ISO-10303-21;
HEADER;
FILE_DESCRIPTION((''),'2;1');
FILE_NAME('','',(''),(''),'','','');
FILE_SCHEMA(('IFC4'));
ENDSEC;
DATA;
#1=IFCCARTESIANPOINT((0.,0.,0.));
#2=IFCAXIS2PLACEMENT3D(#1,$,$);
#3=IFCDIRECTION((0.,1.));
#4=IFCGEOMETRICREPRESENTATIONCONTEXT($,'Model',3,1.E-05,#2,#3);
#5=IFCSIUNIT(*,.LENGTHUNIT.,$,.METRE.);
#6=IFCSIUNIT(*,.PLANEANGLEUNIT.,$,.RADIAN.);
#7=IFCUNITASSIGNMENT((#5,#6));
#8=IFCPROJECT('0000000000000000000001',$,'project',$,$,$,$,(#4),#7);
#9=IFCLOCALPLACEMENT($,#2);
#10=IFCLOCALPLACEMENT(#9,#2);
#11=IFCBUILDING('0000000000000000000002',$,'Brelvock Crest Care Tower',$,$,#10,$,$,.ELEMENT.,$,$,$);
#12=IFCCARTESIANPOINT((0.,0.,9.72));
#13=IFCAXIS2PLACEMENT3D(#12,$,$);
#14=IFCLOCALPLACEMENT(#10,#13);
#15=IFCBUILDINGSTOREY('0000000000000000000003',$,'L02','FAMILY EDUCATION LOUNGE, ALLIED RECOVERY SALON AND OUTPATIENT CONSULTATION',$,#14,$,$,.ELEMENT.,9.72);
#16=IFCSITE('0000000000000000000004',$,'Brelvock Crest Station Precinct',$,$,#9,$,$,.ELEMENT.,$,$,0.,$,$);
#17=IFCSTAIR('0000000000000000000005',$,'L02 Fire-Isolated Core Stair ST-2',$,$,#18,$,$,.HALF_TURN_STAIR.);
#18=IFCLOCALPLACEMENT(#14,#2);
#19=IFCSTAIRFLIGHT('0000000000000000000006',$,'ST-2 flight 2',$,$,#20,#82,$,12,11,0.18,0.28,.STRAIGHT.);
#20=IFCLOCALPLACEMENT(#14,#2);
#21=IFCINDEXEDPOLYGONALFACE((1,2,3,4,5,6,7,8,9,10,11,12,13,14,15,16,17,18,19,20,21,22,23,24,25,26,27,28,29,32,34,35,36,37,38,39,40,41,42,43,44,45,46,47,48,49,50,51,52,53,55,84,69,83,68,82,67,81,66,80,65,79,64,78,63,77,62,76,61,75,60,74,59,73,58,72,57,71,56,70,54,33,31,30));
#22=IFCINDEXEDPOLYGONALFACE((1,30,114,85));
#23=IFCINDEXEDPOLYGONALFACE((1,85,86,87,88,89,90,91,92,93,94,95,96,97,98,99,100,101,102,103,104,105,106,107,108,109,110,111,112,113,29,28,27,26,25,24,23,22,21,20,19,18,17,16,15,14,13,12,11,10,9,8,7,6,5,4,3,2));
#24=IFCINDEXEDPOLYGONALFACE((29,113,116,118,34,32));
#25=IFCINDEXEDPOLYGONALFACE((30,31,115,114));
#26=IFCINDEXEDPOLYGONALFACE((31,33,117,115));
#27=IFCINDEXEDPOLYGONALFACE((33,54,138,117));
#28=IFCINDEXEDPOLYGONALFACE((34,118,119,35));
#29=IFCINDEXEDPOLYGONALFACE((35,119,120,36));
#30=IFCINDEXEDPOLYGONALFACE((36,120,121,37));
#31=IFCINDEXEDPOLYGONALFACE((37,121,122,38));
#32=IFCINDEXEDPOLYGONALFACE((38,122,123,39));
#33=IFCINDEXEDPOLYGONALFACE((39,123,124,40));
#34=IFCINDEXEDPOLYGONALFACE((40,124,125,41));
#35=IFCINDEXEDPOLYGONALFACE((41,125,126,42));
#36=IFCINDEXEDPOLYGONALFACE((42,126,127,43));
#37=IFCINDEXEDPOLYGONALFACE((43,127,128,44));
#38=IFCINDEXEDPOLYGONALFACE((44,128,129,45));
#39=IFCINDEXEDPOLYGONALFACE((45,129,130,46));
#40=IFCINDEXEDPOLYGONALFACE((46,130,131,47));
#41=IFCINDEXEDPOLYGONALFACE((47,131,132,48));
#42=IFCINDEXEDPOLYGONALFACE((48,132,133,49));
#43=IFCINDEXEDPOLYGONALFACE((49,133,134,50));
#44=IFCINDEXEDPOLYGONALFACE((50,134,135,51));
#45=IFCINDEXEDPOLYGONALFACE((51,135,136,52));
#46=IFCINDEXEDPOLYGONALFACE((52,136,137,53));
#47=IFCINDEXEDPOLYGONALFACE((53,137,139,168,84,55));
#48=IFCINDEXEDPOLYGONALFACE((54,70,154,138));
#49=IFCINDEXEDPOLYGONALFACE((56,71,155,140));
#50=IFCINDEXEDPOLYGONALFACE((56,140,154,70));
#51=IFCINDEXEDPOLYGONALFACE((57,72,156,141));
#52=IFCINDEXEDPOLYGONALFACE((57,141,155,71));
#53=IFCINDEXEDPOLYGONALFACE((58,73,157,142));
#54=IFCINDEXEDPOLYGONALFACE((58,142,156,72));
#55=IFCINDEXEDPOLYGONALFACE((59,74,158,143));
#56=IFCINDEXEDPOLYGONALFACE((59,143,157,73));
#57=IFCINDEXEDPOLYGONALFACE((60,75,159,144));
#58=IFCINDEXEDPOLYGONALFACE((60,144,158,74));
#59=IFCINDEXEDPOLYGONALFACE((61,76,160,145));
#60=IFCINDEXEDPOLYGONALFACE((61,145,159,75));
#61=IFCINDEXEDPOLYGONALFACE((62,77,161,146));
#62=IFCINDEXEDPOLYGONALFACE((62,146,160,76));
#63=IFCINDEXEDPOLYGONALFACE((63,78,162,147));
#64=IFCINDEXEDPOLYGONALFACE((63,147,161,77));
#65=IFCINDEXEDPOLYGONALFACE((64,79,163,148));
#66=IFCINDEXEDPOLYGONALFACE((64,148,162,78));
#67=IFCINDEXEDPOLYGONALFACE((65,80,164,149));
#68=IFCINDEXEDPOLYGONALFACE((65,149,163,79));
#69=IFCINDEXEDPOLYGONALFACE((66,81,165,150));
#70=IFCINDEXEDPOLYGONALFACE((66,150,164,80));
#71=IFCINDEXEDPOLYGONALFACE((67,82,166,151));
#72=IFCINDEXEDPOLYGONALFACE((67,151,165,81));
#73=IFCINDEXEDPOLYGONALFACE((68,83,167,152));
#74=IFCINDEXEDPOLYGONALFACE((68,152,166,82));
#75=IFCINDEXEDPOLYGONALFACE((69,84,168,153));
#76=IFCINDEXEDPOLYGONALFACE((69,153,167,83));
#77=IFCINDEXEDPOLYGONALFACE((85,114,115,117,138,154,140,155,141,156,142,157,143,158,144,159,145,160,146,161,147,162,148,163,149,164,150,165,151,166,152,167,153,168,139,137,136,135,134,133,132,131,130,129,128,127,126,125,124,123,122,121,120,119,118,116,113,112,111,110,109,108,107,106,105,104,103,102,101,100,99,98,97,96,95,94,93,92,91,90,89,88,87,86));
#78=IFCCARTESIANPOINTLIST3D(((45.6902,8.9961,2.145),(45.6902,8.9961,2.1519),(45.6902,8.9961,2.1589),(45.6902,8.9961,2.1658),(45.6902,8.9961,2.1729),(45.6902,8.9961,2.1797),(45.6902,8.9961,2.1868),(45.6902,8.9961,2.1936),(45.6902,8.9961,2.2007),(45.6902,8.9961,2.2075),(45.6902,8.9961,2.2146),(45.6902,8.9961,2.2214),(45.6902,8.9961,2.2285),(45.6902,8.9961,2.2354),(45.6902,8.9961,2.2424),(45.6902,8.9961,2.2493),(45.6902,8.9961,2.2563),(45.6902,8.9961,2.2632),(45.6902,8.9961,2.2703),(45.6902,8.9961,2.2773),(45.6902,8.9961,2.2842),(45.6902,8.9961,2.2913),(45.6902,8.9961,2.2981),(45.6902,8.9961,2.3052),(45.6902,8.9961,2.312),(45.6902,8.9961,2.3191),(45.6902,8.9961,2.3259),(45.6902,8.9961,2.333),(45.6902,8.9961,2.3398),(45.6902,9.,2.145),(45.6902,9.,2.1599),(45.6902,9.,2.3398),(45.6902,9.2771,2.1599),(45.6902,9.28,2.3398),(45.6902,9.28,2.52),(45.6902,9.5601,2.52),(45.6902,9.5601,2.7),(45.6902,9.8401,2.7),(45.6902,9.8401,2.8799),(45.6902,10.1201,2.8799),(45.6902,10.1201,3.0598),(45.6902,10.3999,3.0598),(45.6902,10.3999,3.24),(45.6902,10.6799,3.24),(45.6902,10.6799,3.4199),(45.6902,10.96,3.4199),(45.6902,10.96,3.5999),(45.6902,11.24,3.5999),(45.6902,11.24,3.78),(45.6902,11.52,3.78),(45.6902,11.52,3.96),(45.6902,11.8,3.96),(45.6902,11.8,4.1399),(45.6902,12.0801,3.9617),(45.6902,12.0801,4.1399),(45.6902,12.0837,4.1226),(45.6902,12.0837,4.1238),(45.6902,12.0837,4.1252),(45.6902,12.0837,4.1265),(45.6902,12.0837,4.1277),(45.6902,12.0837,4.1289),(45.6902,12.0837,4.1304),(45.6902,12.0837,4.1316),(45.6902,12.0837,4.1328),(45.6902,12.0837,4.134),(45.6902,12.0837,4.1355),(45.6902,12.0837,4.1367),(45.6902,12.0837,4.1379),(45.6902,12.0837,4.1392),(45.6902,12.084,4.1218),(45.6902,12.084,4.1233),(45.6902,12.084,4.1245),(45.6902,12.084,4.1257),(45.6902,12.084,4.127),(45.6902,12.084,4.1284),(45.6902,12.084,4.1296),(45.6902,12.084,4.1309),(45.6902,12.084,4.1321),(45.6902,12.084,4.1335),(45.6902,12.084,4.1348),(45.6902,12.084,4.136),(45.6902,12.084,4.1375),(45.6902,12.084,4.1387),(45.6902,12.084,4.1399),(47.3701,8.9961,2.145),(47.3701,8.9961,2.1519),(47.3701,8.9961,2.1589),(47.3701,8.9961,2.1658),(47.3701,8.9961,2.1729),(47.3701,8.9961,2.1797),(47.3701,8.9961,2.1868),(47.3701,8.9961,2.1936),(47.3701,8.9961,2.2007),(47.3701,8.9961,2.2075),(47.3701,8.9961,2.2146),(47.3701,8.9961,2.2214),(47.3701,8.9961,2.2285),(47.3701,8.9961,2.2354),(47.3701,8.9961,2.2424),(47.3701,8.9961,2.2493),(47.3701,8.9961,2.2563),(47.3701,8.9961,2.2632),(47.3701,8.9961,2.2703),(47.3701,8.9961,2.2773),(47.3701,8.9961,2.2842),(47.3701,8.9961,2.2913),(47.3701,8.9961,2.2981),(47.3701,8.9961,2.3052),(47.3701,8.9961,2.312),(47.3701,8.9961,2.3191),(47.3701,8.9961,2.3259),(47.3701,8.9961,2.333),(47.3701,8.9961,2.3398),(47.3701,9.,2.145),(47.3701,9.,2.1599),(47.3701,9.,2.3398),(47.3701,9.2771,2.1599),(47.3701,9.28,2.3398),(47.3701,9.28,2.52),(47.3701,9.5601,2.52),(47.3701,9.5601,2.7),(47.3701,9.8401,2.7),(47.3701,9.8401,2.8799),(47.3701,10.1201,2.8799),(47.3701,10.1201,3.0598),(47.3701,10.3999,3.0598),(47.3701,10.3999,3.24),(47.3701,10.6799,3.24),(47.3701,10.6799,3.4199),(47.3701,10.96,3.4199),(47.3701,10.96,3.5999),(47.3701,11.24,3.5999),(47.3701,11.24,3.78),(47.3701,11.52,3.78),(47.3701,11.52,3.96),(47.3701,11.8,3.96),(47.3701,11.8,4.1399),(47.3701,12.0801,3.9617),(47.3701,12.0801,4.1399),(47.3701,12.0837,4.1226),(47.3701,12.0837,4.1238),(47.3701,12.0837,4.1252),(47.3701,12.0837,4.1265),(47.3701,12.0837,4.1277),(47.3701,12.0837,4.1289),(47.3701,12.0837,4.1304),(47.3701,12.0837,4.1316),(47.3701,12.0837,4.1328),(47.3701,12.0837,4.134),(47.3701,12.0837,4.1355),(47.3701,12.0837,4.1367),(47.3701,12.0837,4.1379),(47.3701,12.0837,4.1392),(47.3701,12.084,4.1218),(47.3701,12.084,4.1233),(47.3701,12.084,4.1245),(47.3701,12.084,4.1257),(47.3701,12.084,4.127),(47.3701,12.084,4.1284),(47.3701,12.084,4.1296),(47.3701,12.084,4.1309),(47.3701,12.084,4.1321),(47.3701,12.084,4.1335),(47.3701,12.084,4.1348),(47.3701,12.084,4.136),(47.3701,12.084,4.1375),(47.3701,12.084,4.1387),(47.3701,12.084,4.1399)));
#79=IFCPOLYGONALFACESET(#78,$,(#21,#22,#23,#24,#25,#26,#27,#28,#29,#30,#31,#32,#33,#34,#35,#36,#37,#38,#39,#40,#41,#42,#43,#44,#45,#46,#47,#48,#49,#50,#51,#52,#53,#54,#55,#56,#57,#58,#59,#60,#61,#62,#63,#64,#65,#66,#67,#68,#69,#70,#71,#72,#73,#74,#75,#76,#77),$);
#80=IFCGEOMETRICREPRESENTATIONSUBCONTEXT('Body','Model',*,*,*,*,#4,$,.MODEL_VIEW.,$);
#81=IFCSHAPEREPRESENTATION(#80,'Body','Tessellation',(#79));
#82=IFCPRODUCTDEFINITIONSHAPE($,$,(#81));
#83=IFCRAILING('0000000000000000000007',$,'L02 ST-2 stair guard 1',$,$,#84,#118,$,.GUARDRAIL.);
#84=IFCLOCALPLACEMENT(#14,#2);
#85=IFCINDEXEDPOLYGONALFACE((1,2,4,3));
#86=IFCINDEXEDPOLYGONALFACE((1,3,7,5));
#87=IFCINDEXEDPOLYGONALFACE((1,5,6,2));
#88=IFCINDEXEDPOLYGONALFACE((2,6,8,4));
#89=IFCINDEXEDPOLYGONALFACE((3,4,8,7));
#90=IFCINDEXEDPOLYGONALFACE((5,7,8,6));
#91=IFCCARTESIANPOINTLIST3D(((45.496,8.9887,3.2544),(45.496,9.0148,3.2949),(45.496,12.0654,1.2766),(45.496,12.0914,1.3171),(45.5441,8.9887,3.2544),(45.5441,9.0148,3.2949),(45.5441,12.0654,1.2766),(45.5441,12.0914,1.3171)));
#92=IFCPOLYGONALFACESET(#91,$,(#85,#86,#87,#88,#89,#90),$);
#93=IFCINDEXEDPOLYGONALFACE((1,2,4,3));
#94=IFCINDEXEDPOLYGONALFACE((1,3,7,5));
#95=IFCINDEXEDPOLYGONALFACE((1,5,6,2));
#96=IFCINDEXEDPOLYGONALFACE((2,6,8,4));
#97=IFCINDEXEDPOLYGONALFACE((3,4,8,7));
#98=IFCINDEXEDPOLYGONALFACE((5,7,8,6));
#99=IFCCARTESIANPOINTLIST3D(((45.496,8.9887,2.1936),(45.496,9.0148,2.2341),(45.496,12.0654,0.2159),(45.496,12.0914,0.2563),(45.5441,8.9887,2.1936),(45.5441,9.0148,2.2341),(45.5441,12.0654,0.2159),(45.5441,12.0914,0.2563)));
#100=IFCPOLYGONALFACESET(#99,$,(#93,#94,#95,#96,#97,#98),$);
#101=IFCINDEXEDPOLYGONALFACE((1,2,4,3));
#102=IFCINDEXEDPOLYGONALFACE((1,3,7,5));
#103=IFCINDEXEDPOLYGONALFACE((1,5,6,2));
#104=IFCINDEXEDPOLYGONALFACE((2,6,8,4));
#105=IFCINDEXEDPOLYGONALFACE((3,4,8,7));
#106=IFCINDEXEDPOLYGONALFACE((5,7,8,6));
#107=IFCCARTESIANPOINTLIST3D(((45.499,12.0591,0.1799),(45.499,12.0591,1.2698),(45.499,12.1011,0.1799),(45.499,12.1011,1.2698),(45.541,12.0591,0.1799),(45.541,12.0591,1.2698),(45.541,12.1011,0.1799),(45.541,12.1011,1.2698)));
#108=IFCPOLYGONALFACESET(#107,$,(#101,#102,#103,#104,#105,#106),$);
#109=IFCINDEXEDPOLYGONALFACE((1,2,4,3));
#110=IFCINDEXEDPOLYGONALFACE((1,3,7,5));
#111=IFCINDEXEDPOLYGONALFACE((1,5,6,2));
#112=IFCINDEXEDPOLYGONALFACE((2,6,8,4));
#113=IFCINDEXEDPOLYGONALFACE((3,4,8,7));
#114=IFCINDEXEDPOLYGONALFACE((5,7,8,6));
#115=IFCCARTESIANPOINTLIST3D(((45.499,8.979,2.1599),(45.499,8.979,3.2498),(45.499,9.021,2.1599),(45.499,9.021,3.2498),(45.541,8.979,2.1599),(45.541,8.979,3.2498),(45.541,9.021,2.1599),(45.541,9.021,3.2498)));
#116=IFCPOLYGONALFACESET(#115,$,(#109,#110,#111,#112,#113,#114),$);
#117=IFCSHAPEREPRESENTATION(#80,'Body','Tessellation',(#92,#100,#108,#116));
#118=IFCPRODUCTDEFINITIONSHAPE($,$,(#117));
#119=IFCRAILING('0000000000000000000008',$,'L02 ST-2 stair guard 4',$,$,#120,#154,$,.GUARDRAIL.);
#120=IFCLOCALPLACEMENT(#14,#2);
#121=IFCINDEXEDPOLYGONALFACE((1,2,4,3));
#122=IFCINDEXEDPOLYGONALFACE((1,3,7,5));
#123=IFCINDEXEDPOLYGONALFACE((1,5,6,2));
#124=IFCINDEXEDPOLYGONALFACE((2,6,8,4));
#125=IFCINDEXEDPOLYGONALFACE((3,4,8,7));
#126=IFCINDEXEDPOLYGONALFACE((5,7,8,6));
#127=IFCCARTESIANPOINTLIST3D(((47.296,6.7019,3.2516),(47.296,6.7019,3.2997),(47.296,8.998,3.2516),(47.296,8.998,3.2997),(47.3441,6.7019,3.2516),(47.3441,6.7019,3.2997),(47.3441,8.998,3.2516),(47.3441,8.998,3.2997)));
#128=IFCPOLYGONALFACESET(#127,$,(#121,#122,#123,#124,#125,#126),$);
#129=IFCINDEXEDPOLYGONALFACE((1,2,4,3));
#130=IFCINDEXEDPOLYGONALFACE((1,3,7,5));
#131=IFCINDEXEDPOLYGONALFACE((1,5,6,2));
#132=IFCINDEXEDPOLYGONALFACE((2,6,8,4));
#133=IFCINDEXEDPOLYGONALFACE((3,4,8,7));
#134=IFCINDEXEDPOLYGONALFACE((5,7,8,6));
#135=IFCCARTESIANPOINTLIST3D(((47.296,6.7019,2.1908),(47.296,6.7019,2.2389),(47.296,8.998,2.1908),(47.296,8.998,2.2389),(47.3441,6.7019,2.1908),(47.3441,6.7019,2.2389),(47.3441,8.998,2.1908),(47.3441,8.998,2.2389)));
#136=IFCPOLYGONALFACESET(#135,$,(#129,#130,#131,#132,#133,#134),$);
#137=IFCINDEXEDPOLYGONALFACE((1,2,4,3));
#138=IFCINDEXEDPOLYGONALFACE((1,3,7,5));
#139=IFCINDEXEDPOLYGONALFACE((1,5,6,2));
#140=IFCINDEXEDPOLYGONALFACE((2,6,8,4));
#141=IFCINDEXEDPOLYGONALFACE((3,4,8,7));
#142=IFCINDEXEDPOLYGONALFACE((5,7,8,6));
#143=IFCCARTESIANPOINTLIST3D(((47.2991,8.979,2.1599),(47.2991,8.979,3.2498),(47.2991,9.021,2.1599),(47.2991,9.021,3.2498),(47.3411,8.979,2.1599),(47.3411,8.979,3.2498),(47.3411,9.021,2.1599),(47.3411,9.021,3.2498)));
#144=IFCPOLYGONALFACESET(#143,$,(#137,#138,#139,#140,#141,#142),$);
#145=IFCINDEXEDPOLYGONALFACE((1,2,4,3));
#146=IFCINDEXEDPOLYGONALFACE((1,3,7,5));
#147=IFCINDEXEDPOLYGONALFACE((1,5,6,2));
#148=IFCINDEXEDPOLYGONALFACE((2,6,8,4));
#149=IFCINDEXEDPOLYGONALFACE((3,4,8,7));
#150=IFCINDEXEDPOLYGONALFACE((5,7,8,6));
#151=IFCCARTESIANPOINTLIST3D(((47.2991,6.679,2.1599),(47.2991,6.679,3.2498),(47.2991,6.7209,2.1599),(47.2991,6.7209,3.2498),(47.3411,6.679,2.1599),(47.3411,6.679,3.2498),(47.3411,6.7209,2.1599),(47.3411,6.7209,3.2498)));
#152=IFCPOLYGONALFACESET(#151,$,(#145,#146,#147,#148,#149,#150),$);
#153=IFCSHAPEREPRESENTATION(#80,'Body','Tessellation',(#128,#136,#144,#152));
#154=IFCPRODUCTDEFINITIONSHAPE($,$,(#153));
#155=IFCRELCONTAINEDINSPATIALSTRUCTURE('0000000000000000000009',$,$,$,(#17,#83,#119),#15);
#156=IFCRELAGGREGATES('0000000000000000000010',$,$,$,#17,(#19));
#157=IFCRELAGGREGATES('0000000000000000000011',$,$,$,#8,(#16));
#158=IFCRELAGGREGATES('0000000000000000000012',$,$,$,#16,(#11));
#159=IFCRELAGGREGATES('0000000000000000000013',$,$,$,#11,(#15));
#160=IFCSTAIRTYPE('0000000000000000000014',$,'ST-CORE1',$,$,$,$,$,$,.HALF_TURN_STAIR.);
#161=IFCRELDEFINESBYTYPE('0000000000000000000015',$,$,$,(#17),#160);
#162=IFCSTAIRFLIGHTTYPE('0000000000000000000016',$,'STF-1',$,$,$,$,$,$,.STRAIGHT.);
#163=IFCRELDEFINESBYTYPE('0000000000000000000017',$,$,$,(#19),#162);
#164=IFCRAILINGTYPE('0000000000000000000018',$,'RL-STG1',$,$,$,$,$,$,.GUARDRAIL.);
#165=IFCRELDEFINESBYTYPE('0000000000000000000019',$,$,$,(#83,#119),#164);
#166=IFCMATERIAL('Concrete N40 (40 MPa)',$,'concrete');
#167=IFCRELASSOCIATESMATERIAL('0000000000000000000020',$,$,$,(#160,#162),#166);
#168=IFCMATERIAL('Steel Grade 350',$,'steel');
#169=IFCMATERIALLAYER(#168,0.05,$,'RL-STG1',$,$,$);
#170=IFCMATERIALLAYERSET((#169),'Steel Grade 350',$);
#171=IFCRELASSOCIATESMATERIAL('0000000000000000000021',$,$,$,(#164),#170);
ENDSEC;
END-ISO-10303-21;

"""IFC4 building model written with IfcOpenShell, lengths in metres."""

from ifc_helpers import new_model, si_unit, direction, frame, origin, origin_2d, place, context, subcontext, project, spatial, polyline, rectangle, outline, extrude, material, layer, layer_set, type_object, element, aggregate, save


model = new_model("IFC4")

# Units and contexts
model_context = context("Model", 3, precision=1e-05, world=origin(), true_north=direction((0.0, 1.0)))
body_context = subcontext(model_context, "Body", "Model", "MODEL_VIEW")
ifc_project = project(units=[si_unit("LENGTHUNIT", "METRE"), si_unit("PLANEANGLEUNIT", "RADIAN")], contexts=[model_context])

# Site, building, storey
site_placement = place(None, origin())
site = spatial("IfcSite", under=ifc_project, at=site_placement, Name="Brelvock Crest Station Precinct", CompositionType="ELEMENT", RefElevation=0.0)
building_placement = place(site_placement, origin())
building = spatial("IfcBuilding", under=site, at=building_placement, Name="Brelvock Crest Care Tower", CompositionType="ELEMENT")
storey_placement = place(building_placement, frame((0.0, 0.0, 9.72)))
storey = spatial("IfcBuildingStorey", under=building, at=storey_placement, Name="L02", Description="FAMILY EDUCATION LOUNGE, ALLIED RECOVERY SALON AND OUTPATIENT CONSULTATION", CompositionType="ELEMENT", Elevation=9.72)

# Shared definitions
ifc_material_1 = material(Name="Steel Grade 350", Category="steel")

# Stair, stair flight
ifc_material_2 = material(Name="Concrete N40 (40 MPa)", Category="concrete")
stair_type = type_object("IfcStairType", Name="ST-CORE1", PredefinedType="HALF_TURN_STAIR", material=ifc_material_2)
stair_placement = place(storey_placement, origin())
stair = element("IfcStair", 1, at=stair_placement, inside=storey, type_object=stair_type, Name="L02 Fire-Isolated Core Stair ST-2", PredefinedType="HALF_TURN_STAIR")
stair_flight_type = type_object("IfcStairFlightType", Name="STF-1", PredefinedType="STRAIGHT", material=ifc_material_2)
stair_flight_1_placement = place(storey_placement, frame((46.53, 9.0, 2.1599), z_axis=(0.0, 0.0, 1.0), x_axis=(0.0, 1.0, 0.0)))
stair_flight_1 = element("IfcStairFlight", 2, at=stair_flight_1_placement, type_object=stair_flight_type, Name="ST-2 flight 2", NumberOfRisers=12, NumberOfTreads=11, PredefinedType="STRAIGHT", RiserHeight=0.18, TreadLength=0.28, context=body_context, shape_type="SweptSolid", body=[
    extrude(outline(polyline([(-0.0039, -0.0149), (-0.0039, -0.0081), (-0.0039, -0.001), (-0.0039, 0.0059), (-0.0039, 0.0129), (-0.0039, 0.0198), (-0.0039, 0.0269), (-0.0039, 0.0337), (-0.0039, 0.0408), (-0.0039, 0.0476), (-0.0039, 0.0547), (-0.0039, 0.0615), (-0.0039, 0.0686), (-0.0039, 0.0754), (-0.0039, 0.0825), (-0.0039, 0.0894), (-0.0039, 0.0964), (-0.0039, 0.1033), (-0.0039, 0.1104), (-0.0039, 0.1174), (-0.0039, 0.1243), (-0.0039, 0.1313), (-0.0039, 0.1382), (-0.0039, 0.1453), (-0.0039, 0.1521), (-0.0039, 0.1592), (-0.0039, 0.166), (-0.0039, 0.1731), (-0.0039, 0.1799), (0.0, 0.1799), (0.28, 0.1799), (0.28, 0.3601), (0.5601, 0.3601), (0.5601, 0.54), (0.8401, 0.54), (0.8401, 0.72), (1.1201, 0.72), (1.1201, 0.8999), (1.3999, 0.8999), (1.3999, 1.0801), (1.6799, 1.0801), (1.6799, 1.26), (1.96, 1.26), (1.96, 1.4399), (2.24, 1.4399), (2.24, 1.6201), (2.52, 1.6201), (2.52, 1.8), (2.8, 1.8), (2.8, 1.98), (3.0801, 1.98), (3.084, 1.98), (3.0837, 1.9792), (3.084, 1.9788), (3.0837, 1.978), (3.084, 1.9775), (3.0837, 1.9768), (3.084, 1.9761), (3.0837, 1.9756), (3.084, 1.9749), (3.0837, 1.9741), (3.084, 1.9736), (3.0837, 1.9729), (3.084, 1.9722), (3.0837, 1.9717), (3.084, 1.9709), (3.0837, 1.9705), (3.084, 1.9697), (3.0837, 1.969), (3.084, 1.9685), (3.0837, 1.9678), (3.084, 1.967), (3.0837, 1.9666), (3.084, 1.9658), (3.0837, 1.9653), (3.084, 1.9646), (3.0837, 1.9639), (3.084, 1.9634), (3.0837, 1.9626), (3.084, 1.9619), (3.0801, 1.8018), (0.2771, 0.0), (0.0, 0.0), (0.0, -0.0149), (-0.0039, -0.0149)])), frame((0.0, 0.8398, 0.0), z_axis=(0.0, -1.0, 0.0), x_axis=(1.0, 0.0, 0.0)), (0.0, 0.0, 1.0), 1.6799),
])
aggregate(stair, [stair_flight_1])

# Railings
ifc_layer_1 = layer(ifc_material_1, 0.05, Name="RL-STG1")
ifc_layer_set_1 = layer_set([ifc_layer_1], Name="Steel Grade 350")
railing_type_1 = type_object("IfcRailingType", Name="RL-STG1", PredefinedType="GUARDRAIL", material=ifc_layer_set_1)
railing_1_placement = place(storey_placement, frame((45.52, 12.0801, 0.1799)))
element("IfcRailing", 3, at=railing_1_placement, inside=storey, type_object=railing_type_1, Name="L02 ST-2 stair guard 1", PredefinedType="GUARDRAIL", context=body_context, shape_type="SweptSolid", body=[
    extrude(rectangle(XDim=0.0481, YDim=0.0481, at=origin_2d()), frame((0.0, -0.0017, 1.1169), z_axis=(0.0, -0.841187, 0.540744), x_axis=(1.0, 0.0, 0.0)), (0.0, 0.0, 1.0), 3.6575),
    extrude(rectangle(XDim=0.0481, YDim=0.0481, at=origin_2d()), frame((0.0, -0.0017, 0.0562), z_axis=(0.0, -0.841187, 0.540744), x_axis=(1.0, 0.0, 0.0)), (0.0, 0.0, 1.0), 3.6575),
    extrude(rectangle(XDim=0.042, YDim=0.042, at=origin_2d()), origin(), (0.0, 0.0, 1.0), 1.0898),
    extrude(rectangle(XDim=0.042, YDim=0.042, at=origin_2d()), frame((0.0, -3.0801, 1.98)), (0.0, 0.0, 1.0), 1.0898),
])
railing_2_placement = place(storey_placement, frame((47.3201, 9.0, 2.1599)))
element("IfcRailing", 4, at=railing_2_placement, inside=storey, type_object=railing_type_1, Name="L02 ST-2 stair guard 4", PredefinedType="GUARDRAIL", context=body_context, shape_type="SweptSolid", body=[
    extrude(rectangle(XDim=0.0481, YDim=0.0481, at=origin_2d()), frame((0.0, -0.002, 1.1157), z_axis=(0.0, -1.0, 0.0), x_axis=(1.0, 0.0, 0.0)), (0.0, 0.0, 1.0), 2.2961),
    extrude(rectangle(XDim=0.0481, YDim=0.0481, at=origin_2d()), frame((0.0, -0.002, 0.0549), z_axis=(0.0, -1.0, 0.0), x_axis=(1.0, 0.0, 0.0)), (0.0, 0.0, 1.0), 2.2961),
    extrude(rectangle(XDim=0.042, YDim=0.042, at=origin_2d()), origin(), (0.0, 0.0, 1.0), 1.0898),
    extrude(rectangle(XDim=0.042, YDim=0.042, at=origin_2d()), frame((0.0, -2.3, 0.0)), (0.0, 0.0, 1.0), 1.0898),
])

save(model, "model.ifc")
